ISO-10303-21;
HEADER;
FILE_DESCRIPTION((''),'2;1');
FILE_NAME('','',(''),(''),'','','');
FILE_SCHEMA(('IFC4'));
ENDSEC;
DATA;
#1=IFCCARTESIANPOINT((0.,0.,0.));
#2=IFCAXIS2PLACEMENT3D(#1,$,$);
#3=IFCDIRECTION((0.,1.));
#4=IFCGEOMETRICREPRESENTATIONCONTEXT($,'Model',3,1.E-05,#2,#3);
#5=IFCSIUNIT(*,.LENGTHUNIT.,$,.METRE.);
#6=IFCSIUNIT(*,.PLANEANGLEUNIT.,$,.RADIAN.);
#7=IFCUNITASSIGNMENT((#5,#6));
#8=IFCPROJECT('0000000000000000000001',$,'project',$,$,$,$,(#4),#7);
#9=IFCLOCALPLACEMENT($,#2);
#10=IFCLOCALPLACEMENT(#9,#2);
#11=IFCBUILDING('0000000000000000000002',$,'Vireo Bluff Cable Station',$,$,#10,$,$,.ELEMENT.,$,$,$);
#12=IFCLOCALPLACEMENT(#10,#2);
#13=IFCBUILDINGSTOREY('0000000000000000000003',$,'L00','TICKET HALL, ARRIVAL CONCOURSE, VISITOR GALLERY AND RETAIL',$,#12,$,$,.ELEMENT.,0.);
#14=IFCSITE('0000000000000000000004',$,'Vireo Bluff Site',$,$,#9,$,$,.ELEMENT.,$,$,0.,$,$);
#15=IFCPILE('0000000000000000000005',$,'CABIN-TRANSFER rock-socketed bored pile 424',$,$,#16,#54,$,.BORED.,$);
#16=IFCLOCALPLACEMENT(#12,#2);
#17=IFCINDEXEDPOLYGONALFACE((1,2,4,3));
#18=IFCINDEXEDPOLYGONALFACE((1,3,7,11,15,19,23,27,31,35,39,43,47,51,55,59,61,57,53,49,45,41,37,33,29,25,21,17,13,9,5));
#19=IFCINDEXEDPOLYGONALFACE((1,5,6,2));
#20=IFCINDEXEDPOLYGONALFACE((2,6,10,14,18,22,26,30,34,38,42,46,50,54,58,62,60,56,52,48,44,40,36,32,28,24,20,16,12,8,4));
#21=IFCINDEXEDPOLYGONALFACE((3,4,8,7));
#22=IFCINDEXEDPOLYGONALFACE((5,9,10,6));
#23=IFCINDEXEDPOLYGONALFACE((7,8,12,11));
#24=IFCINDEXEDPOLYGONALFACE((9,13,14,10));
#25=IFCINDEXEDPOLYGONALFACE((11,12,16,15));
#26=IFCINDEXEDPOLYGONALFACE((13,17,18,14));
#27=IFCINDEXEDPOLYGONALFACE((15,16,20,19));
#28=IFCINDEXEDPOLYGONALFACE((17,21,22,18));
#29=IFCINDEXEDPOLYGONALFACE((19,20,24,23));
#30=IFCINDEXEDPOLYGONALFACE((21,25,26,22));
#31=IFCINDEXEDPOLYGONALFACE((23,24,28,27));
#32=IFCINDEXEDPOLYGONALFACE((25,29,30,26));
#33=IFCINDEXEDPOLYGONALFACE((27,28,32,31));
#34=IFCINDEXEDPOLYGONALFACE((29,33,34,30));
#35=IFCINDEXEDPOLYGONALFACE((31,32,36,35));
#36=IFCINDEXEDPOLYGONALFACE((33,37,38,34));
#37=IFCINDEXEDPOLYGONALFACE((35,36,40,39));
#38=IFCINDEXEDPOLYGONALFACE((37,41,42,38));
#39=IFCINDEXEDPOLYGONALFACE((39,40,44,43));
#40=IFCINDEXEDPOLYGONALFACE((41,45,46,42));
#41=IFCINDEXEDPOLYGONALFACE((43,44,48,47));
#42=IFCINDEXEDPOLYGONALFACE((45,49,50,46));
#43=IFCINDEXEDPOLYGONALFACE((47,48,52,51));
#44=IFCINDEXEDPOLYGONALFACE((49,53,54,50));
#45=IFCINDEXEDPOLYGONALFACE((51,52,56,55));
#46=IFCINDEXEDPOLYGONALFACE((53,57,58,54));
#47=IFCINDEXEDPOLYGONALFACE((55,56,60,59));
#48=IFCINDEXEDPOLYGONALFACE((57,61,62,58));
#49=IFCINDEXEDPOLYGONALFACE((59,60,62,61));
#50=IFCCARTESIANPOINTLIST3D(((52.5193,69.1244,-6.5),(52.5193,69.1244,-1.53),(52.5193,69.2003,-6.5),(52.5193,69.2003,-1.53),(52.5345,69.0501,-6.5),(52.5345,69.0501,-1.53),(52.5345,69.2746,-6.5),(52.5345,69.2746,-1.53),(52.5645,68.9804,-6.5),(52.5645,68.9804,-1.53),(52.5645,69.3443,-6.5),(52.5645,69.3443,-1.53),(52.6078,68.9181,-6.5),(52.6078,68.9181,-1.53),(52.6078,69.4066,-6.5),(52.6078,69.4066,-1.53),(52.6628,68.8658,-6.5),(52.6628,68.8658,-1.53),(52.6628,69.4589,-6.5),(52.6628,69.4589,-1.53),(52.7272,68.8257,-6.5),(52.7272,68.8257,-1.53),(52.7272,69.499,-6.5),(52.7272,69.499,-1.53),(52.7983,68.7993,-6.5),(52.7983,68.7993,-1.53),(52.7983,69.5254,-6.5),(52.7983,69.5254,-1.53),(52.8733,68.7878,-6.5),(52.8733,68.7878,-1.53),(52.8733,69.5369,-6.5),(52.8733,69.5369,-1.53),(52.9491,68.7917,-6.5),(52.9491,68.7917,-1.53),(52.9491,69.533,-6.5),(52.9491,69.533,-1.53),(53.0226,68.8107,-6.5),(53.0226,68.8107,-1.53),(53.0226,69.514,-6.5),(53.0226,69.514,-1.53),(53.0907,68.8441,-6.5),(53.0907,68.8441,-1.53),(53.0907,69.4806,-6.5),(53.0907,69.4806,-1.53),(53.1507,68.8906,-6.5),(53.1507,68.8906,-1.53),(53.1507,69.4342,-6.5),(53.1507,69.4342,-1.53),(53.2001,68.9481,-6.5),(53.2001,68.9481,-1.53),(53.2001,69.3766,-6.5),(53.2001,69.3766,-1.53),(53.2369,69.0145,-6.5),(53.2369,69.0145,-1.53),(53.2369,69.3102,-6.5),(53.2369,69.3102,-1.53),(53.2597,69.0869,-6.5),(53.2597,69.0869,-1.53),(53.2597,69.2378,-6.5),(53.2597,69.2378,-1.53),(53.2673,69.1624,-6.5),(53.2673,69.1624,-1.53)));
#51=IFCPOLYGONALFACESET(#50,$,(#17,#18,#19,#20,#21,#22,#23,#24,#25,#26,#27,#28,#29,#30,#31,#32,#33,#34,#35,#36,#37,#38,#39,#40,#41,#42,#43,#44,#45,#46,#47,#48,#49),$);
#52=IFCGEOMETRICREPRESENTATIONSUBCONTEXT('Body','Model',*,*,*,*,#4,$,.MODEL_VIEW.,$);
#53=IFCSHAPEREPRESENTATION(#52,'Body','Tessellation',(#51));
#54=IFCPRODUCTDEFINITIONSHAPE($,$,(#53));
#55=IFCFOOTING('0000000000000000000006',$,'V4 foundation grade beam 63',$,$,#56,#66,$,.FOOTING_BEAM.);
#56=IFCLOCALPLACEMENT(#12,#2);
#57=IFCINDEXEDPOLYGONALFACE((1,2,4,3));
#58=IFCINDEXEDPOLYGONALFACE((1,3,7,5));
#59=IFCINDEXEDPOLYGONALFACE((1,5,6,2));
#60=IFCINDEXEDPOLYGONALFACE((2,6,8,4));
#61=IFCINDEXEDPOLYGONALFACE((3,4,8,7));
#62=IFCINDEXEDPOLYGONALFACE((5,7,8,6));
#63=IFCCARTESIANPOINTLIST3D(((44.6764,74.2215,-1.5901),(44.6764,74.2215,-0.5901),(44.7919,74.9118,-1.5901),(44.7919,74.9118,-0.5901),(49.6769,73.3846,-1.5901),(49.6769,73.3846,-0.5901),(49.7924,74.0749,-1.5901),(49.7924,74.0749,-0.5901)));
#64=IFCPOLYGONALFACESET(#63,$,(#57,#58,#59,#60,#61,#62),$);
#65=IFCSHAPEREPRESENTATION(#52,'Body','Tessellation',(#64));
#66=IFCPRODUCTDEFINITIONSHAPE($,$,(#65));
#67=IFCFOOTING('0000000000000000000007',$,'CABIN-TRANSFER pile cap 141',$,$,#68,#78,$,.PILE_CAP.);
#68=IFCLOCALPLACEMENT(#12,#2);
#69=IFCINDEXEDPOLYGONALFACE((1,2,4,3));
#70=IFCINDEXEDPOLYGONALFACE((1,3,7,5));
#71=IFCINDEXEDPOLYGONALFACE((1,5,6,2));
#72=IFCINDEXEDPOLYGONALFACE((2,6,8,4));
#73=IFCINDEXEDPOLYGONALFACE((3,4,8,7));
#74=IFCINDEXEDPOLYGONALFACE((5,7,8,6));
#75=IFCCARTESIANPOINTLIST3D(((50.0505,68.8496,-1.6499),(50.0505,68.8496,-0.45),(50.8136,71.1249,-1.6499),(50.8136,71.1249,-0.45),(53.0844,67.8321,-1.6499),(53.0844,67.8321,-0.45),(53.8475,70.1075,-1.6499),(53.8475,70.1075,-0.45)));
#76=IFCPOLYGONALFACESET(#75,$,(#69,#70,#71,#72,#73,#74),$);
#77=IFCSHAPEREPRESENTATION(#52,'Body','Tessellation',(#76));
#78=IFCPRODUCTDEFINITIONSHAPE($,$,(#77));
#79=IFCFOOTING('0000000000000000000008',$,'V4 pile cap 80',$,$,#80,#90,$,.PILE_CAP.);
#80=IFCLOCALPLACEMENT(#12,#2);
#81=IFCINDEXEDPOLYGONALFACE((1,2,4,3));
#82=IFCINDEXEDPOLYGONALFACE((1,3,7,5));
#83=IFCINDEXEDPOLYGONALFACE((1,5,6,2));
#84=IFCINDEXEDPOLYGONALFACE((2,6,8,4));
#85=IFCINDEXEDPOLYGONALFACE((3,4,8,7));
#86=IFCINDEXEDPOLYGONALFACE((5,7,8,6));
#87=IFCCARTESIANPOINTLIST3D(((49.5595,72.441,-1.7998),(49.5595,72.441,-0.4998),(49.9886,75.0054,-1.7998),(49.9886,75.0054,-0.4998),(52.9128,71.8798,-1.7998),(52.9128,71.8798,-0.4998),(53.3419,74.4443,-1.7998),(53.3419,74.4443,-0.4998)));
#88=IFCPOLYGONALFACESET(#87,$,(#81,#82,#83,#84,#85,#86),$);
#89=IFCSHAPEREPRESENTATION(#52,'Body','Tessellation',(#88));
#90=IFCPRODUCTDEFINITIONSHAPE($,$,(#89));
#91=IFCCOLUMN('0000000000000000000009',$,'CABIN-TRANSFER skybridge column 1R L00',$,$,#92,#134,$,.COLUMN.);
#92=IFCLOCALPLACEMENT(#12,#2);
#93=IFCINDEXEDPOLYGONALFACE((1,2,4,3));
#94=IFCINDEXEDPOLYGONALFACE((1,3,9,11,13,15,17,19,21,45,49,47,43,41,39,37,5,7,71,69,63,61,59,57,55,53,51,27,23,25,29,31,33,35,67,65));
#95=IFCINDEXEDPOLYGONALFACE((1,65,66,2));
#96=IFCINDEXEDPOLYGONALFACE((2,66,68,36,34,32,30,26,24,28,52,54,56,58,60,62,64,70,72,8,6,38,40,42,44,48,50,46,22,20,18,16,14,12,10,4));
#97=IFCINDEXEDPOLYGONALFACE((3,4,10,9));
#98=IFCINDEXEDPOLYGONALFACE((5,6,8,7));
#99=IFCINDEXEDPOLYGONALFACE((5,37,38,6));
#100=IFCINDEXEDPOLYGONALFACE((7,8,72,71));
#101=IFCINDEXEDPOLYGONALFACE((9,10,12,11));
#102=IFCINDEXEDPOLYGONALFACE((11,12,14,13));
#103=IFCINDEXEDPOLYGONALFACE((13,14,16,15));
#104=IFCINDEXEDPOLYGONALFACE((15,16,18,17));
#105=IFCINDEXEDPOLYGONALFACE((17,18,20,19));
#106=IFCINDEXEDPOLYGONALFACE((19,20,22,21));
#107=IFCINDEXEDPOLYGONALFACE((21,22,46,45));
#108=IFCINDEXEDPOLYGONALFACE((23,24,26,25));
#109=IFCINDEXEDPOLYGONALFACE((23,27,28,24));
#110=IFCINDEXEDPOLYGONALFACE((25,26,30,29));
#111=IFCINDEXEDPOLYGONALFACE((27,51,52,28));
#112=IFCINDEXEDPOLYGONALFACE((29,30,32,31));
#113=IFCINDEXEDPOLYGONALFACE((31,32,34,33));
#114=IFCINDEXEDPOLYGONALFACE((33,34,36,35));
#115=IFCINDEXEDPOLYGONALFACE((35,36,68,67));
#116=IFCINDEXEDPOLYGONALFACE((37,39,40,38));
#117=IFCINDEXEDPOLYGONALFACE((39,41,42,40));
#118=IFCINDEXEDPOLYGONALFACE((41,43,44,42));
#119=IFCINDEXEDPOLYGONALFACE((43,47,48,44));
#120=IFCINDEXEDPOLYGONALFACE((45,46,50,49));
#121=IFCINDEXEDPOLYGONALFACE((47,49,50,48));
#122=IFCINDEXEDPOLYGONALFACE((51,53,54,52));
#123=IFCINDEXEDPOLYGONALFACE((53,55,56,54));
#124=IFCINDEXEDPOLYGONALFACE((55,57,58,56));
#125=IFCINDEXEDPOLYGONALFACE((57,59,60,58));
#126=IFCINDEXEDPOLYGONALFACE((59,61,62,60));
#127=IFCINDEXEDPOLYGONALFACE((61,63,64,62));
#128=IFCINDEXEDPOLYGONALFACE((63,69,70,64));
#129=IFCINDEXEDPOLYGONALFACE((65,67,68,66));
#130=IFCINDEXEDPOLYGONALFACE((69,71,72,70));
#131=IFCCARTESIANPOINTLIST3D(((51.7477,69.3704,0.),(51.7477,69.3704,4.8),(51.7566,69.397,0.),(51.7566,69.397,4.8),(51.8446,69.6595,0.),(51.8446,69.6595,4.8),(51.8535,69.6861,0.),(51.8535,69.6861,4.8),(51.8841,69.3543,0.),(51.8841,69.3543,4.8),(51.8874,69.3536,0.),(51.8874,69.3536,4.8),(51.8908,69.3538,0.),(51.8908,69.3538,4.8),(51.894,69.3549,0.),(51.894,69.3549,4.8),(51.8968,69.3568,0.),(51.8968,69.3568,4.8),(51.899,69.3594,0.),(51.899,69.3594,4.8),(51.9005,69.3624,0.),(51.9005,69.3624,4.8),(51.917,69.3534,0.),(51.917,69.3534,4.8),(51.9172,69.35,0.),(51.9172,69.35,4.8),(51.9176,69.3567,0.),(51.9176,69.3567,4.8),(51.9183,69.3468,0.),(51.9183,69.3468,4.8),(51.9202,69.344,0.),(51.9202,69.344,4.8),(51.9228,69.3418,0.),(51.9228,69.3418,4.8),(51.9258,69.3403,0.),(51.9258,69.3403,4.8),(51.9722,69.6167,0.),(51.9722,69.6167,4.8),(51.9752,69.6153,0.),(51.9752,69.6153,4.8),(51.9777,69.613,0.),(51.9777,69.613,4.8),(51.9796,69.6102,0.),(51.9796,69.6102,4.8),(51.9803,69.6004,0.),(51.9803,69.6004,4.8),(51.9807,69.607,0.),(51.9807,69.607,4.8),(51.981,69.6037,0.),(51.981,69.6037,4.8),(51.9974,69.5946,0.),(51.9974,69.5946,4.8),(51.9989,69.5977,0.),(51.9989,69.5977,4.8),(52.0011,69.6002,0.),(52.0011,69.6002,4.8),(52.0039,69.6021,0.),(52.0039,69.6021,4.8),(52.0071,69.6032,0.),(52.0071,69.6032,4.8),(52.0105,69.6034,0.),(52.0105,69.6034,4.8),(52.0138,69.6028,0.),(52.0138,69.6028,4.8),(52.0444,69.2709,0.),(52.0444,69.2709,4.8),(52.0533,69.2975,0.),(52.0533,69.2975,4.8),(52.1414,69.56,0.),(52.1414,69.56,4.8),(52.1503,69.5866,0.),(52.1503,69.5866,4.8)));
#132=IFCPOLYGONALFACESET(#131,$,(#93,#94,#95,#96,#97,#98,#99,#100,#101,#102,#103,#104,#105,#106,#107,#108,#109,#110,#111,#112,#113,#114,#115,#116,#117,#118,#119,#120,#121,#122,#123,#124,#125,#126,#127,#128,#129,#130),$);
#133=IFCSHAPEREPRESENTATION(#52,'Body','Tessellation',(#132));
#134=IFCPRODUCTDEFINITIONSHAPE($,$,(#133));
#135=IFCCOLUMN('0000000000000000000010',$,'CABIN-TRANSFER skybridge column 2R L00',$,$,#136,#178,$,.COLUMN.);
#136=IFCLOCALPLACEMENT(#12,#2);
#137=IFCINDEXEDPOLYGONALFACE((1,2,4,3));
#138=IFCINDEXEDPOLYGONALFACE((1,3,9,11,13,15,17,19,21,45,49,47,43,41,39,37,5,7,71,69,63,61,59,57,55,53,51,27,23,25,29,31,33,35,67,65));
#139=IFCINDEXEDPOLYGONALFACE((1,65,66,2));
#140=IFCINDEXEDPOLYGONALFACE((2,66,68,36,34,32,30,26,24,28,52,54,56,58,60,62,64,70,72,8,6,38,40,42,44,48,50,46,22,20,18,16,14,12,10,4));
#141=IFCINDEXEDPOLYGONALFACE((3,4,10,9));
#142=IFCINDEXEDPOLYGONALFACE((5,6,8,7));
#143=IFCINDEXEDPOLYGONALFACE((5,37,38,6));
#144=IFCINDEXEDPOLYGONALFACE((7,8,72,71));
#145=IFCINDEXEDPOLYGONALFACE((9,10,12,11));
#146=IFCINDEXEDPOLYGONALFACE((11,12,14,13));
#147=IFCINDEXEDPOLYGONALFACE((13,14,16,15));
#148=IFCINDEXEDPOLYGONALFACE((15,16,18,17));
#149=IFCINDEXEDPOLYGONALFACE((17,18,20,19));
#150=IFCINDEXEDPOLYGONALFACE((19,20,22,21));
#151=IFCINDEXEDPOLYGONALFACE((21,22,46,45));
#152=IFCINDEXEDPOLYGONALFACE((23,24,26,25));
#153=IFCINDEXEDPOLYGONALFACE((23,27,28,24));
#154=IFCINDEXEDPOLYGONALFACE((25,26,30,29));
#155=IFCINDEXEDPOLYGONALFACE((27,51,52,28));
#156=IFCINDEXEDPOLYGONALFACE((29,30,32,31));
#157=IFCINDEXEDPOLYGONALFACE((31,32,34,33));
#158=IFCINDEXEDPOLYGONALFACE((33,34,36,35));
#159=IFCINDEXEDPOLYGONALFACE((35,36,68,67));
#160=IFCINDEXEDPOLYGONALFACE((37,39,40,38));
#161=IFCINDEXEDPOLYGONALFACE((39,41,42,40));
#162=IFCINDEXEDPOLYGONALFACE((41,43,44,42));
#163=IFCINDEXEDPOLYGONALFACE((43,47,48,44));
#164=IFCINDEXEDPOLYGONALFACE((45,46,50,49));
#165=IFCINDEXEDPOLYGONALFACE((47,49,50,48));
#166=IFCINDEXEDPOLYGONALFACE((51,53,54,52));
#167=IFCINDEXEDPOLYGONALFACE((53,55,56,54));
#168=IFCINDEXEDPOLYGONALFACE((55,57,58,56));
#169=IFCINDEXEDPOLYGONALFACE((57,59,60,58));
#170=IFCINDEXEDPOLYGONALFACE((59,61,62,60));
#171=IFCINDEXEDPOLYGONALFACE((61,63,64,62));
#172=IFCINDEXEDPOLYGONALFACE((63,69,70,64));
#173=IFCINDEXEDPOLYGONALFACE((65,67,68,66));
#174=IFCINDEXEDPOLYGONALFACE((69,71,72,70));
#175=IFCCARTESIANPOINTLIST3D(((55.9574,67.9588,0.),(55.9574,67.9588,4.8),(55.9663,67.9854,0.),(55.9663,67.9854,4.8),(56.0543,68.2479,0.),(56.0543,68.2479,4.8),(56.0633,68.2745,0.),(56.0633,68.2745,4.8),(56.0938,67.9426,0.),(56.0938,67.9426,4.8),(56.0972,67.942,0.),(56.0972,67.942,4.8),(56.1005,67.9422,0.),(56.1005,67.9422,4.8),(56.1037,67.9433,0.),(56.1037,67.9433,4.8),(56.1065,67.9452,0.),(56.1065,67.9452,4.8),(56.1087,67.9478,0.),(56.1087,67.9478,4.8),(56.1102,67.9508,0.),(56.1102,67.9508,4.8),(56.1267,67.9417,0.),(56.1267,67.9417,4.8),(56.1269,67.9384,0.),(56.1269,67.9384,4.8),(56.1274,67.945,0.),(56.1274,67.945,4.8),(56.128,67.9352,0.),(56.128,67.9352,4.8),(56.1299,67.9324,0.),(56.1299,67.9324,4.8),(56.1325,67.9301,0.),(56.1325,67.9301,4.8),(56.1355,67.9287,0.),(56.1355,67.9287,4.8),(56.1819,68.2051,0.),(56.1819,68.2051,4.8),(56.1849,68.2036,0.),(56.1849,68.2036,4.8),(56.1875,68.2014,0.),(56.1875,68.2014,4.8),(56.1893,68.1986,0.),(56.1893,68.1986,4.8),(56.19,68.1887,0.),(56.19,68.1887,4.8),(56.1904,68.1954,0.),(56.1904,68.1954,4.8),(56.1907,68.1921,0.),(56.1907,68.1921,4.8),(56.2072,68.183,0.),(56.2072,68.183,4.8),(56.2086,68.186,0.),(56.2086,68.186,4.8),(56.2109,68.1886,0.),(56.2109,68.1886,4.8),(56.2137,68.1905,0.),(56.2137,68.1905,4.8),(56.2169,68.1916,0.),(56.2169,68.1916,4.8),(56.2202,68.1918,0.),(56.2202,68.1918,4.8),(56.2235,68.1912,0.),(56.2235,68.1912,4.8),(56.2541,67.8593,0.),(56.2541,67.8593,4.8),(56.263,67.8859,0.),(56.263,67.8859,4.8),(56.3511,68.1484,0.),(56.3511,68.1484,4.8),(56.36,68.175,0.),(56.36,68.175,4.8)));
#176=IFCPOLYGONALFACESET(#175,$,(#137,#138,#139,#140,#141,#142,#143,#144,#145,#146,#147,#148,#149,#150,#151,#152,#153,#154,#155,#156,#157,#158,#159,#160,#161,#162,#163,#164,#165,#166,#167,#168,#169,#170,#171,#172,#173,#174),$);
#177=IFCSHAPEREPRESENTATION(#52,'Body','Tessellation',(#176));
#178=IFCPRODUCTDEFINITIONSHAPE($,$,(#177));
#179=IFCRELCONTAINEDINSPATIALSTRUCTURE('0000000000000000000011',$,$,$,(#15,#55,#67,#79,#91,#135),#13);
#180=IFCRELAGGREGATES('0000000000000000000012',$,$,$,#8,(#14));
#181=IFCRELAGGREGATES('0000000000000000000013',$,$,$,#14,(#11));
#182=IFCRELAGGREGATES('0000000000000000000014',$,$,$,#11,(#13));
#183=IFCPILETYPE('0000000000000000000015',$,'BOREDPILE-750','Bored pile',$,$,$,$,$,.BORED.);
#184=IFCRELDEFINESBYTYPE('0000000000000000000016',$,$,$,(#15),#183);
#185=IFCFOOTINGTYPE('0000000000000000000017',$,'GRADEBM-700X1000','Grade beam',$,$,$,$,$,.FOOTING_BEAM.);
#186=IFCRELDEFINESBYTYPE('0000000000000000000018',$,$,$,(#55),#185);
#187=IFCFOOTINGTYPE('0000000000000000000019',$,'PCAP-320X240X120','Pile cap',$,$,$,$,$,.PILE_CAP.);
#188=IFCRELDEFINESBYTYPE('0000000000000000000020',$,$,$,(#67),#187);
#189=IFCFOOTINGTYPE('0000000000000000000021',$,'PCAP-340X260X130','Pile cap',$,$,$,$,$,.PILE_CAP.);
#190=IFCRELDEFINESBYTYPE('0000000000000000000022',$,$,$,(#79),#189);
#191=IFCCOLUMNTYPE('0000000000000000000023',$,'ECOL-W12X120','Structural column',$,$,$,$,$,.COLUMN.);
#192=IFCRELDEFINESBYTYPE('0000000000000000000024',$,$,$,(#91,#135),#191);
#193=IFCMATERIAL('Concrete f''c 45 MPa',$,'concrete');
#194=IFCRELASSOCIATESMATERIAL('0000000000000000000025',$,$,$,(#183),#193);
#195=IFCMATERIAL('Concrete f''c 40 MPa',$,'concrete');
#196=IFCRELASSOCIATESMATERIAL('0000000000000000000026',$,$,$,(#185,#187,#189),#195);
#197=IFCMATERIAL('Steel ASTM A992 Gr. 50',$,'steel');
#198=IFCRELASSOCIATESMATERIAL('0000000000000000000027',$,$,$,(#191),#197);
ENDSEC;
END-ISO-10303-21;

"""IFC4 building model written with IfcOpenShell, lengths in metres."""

from ifc_helpers import new_model, si_unit, direction, frame, origin, origin_2d, place, context, subcontext, project, spatial, rectangle, circle, i_section, extrude, material, material_profile, profile_set, type_object, element, save


model = new_model("IFC4")

# Units and contexts
model_context = context("Model", 3, precision=1e-05, world=origin(), true_north=direction((0.0, 1.0)))
body_context = subcontext(model_context, "Body", "Model", "MODEL_VIEW")
ifc_project = project(units=[si_unit("LENGTHUNIT", "METRE"), si_unit("PLANEANGLEUNIT", "RADIAN")], contexts=[model_context])

# Site, building, storey
site_placement = place(None, origin())
site = spatial("IfcSite", under=ifc_project, at=site_placement, Name="Vireo Bluff Site", CompositionType="ELEMENT", RefElevation=0.0)
building_placement = place(site_placement, origin())
building = spatial("IfcBuilding", under=site, at=building_placement, Name="Vireo Bluff Cable Station", CompositionType="ELEMENT")
storey_placement = place(building_placement, origin())
storey = spatial("IfcBuildingStorey", under=building, at=storey_placement, Name="L00", Description="TICKET HALL, ARRIVAL CONCOURSE, VISITOR GALLERY AND RETAIL", CompositionType="ELEMENT", Elevation=0.0)

# Pile
ifc_material_1 = material(Name="Concrete f'c 45 MPa", Category="concrete")
ifc_material_profile_1 = material_profile(ifc_material_1, circle(Radius=0.375, at=origin_2d()), Name="BOREDPILE-750")
ifc_profile_set_1 = profile_set([ifc_material_profile_1], Name="Concrete f'c 45 MPa")
pile_type = type_object("IfcPileType", Name="BOREDPILE-750", Description="Bored pile", PredefinedType="BORED", material=ifc_profile_set_1)
for number, where, z_axis, x_axis, name in (
    (1, (52.8923, 69.1624, -1.53), (0.0, 0.0, -1.0), (1.0, 0.0, 0.0), "CABIN-TRANSFER rock-socketed bored pile 424"),
):
    element("IfcPile", number, at=place(storey_placement, frame(where, z_axis=z_axis, x_axis=x_axis)), inside=storey, type_object=pile_type, Name=name, PredefinedType="BORED", context=body_context, shape_type="SweptSolid", body=[
        extrude(circle(Radius=0.375, at=origin_2d()), origin(), (0.0, 0.0, 1.0), 4.97),
    ])

# Footings
ifc_material_2 = material(Name="Concrete f'c 40 MPa", Category="concrete")
ifc_material_profile_2 = material_profile(ifc_material_2, rectangle(XDim=0.7, YDim=1.0, at=origin_2d()), Name="GRADEBM-700X1000")
ifc_profile_set_2 = profile_set([ifc_material_profile_2], Name="Concrete f'c 40 MPa")
footing_type_1 = type_object("IfcFootingType", Name="GRADEBM-700X1000", Description="Grade beam", PredefinedType="FOOTING_BEAM", material=ifc_profile_set_2)
footing_1_placement = place(storey_placement, frame((44.7341, 74.5667, -1.0901), z_axis=(0.986282, -0.16507, 0.0), x_axis=(0.16507, 0.986282, 0.0)))
element("IfcFooting", 2, at=footing_1_placement, inside=storey, type_object=footing_type_1, Name="V4 foundation grade beam 63", PredefinedType="FOOTING_BEAM", context=body_context, shape_type="SweptSolid", body=[
    extrude(rectangle(XDim=0.7, YDim=1.0, at=origin_2d()), origin(), (0.0, 0.0, 1.0), 5.0701),
])
footing_type_2 = type_object("IfcFootingType", Name="PCAP-320X240X120", Description="Pile cap", PredefinedType="PILE_CAP", material=ifc_material_2)
footing_2_placement = place(storey_placement, frame((51.949, 69.4785, -1.6499), z_axis=(0.0, 0.0, 1.0), x_axis=(0.948105, -0.317958, 0.0)))
element("IfcFooting", 3, at=footing_2_placement, inside=storey, type_object=footing_type_2, Name="CABIN-TRANSFER pile cap 141", PredefinedType="PILE_CAP", context=body_context, shape_type="SweptSolid", body=[
    extrude(rectangle(XDim=3.2, YDim=2.3999, at=origin_2d()), origin(), (0.0, 0.0, 1.0), 1.2),
])
footing_type_3 = type_object("IfcFootingType", Name="PCAP-340X260X130", Description="Pile cap", PredefinedType="PILE_CAP", material=ifc_material_2)
footing_3_placement = place(storey_placement, frame((51.4507, 73.4426, -1.7998), z_axis=(0.0, 0.0, 1.0), x_axis=(0.986286, -0.165048, 0.0)))
element("IfcFooting", 4, at=footing_3_placement, inside=storey, type_object=footing_type_3, Name="V4 pile cap 80", PredefinedType="PILE_CAP", context=body_context, shape_type="SweptSolid", body=[
    extrude(rectangle(XDim=3.3999, YDim=2.6001, at=origin_2d()), origin(), (0.0, 0.0, 1.0), 1.3),
])

# Columns
ifc_material_3 = material(Name="Steel ASTM A992 Gr. 50", Category="steel")
ifc_material_profile_3 = material_profile(ifc_material_3, i_section(OverallWidth=0.313, OverallDepth=0.333, WebThickness=0.0181, FlangeThickness=0.0281, FilletRadius=0.0129, at=origin_2d()), Name="W12X120")
ifc_profile_set_3 = profile_set([ifc_material_profile_3], Name="Steel ASTM A992 Gr. 50")
column_type_1 = type_object("IfcColumnType", Name="ECOL-W12X120", Description="Structural column", PredefinedType="COLUMN", material=ifc_profile_set_3)
for number, where, z_axis, x_axis, name in (
    (5, (51.949, 69.4785, 0.0), (0.0, 0.0, 1.0), (0.948105, -0.317958, 0.0), "CABIN-TRANSFER skybridge column 1R L00"),
    (6, (56.1587, 68.0669, 0.0), (0.0, 0.0, 1.0), (0.948105, -0.317958, 0.0), "CABIN-TRANSFER skybridge column 2R L00"),
):
    element("IfcColumn", number, at=place(storey_placement, frame(where, z_axis=z_axis, x_axis=x_axis)), inside=storey, type_object=column_type_1, Name=name, PredefinedType="COLUMN", context=body_context, shape_type="SweptSolid", body=[
        extrude(i_section(OverallWidth=0.313, OverallDepth=0.333, WebThickness=0.0181, FlangeThickness=0.0281, FilletRadius=0.0129, at=origin_2d()), origin(), (0.0, 0.0, 1.0), 4.8),
    ])

save(model, "model.ifc")
